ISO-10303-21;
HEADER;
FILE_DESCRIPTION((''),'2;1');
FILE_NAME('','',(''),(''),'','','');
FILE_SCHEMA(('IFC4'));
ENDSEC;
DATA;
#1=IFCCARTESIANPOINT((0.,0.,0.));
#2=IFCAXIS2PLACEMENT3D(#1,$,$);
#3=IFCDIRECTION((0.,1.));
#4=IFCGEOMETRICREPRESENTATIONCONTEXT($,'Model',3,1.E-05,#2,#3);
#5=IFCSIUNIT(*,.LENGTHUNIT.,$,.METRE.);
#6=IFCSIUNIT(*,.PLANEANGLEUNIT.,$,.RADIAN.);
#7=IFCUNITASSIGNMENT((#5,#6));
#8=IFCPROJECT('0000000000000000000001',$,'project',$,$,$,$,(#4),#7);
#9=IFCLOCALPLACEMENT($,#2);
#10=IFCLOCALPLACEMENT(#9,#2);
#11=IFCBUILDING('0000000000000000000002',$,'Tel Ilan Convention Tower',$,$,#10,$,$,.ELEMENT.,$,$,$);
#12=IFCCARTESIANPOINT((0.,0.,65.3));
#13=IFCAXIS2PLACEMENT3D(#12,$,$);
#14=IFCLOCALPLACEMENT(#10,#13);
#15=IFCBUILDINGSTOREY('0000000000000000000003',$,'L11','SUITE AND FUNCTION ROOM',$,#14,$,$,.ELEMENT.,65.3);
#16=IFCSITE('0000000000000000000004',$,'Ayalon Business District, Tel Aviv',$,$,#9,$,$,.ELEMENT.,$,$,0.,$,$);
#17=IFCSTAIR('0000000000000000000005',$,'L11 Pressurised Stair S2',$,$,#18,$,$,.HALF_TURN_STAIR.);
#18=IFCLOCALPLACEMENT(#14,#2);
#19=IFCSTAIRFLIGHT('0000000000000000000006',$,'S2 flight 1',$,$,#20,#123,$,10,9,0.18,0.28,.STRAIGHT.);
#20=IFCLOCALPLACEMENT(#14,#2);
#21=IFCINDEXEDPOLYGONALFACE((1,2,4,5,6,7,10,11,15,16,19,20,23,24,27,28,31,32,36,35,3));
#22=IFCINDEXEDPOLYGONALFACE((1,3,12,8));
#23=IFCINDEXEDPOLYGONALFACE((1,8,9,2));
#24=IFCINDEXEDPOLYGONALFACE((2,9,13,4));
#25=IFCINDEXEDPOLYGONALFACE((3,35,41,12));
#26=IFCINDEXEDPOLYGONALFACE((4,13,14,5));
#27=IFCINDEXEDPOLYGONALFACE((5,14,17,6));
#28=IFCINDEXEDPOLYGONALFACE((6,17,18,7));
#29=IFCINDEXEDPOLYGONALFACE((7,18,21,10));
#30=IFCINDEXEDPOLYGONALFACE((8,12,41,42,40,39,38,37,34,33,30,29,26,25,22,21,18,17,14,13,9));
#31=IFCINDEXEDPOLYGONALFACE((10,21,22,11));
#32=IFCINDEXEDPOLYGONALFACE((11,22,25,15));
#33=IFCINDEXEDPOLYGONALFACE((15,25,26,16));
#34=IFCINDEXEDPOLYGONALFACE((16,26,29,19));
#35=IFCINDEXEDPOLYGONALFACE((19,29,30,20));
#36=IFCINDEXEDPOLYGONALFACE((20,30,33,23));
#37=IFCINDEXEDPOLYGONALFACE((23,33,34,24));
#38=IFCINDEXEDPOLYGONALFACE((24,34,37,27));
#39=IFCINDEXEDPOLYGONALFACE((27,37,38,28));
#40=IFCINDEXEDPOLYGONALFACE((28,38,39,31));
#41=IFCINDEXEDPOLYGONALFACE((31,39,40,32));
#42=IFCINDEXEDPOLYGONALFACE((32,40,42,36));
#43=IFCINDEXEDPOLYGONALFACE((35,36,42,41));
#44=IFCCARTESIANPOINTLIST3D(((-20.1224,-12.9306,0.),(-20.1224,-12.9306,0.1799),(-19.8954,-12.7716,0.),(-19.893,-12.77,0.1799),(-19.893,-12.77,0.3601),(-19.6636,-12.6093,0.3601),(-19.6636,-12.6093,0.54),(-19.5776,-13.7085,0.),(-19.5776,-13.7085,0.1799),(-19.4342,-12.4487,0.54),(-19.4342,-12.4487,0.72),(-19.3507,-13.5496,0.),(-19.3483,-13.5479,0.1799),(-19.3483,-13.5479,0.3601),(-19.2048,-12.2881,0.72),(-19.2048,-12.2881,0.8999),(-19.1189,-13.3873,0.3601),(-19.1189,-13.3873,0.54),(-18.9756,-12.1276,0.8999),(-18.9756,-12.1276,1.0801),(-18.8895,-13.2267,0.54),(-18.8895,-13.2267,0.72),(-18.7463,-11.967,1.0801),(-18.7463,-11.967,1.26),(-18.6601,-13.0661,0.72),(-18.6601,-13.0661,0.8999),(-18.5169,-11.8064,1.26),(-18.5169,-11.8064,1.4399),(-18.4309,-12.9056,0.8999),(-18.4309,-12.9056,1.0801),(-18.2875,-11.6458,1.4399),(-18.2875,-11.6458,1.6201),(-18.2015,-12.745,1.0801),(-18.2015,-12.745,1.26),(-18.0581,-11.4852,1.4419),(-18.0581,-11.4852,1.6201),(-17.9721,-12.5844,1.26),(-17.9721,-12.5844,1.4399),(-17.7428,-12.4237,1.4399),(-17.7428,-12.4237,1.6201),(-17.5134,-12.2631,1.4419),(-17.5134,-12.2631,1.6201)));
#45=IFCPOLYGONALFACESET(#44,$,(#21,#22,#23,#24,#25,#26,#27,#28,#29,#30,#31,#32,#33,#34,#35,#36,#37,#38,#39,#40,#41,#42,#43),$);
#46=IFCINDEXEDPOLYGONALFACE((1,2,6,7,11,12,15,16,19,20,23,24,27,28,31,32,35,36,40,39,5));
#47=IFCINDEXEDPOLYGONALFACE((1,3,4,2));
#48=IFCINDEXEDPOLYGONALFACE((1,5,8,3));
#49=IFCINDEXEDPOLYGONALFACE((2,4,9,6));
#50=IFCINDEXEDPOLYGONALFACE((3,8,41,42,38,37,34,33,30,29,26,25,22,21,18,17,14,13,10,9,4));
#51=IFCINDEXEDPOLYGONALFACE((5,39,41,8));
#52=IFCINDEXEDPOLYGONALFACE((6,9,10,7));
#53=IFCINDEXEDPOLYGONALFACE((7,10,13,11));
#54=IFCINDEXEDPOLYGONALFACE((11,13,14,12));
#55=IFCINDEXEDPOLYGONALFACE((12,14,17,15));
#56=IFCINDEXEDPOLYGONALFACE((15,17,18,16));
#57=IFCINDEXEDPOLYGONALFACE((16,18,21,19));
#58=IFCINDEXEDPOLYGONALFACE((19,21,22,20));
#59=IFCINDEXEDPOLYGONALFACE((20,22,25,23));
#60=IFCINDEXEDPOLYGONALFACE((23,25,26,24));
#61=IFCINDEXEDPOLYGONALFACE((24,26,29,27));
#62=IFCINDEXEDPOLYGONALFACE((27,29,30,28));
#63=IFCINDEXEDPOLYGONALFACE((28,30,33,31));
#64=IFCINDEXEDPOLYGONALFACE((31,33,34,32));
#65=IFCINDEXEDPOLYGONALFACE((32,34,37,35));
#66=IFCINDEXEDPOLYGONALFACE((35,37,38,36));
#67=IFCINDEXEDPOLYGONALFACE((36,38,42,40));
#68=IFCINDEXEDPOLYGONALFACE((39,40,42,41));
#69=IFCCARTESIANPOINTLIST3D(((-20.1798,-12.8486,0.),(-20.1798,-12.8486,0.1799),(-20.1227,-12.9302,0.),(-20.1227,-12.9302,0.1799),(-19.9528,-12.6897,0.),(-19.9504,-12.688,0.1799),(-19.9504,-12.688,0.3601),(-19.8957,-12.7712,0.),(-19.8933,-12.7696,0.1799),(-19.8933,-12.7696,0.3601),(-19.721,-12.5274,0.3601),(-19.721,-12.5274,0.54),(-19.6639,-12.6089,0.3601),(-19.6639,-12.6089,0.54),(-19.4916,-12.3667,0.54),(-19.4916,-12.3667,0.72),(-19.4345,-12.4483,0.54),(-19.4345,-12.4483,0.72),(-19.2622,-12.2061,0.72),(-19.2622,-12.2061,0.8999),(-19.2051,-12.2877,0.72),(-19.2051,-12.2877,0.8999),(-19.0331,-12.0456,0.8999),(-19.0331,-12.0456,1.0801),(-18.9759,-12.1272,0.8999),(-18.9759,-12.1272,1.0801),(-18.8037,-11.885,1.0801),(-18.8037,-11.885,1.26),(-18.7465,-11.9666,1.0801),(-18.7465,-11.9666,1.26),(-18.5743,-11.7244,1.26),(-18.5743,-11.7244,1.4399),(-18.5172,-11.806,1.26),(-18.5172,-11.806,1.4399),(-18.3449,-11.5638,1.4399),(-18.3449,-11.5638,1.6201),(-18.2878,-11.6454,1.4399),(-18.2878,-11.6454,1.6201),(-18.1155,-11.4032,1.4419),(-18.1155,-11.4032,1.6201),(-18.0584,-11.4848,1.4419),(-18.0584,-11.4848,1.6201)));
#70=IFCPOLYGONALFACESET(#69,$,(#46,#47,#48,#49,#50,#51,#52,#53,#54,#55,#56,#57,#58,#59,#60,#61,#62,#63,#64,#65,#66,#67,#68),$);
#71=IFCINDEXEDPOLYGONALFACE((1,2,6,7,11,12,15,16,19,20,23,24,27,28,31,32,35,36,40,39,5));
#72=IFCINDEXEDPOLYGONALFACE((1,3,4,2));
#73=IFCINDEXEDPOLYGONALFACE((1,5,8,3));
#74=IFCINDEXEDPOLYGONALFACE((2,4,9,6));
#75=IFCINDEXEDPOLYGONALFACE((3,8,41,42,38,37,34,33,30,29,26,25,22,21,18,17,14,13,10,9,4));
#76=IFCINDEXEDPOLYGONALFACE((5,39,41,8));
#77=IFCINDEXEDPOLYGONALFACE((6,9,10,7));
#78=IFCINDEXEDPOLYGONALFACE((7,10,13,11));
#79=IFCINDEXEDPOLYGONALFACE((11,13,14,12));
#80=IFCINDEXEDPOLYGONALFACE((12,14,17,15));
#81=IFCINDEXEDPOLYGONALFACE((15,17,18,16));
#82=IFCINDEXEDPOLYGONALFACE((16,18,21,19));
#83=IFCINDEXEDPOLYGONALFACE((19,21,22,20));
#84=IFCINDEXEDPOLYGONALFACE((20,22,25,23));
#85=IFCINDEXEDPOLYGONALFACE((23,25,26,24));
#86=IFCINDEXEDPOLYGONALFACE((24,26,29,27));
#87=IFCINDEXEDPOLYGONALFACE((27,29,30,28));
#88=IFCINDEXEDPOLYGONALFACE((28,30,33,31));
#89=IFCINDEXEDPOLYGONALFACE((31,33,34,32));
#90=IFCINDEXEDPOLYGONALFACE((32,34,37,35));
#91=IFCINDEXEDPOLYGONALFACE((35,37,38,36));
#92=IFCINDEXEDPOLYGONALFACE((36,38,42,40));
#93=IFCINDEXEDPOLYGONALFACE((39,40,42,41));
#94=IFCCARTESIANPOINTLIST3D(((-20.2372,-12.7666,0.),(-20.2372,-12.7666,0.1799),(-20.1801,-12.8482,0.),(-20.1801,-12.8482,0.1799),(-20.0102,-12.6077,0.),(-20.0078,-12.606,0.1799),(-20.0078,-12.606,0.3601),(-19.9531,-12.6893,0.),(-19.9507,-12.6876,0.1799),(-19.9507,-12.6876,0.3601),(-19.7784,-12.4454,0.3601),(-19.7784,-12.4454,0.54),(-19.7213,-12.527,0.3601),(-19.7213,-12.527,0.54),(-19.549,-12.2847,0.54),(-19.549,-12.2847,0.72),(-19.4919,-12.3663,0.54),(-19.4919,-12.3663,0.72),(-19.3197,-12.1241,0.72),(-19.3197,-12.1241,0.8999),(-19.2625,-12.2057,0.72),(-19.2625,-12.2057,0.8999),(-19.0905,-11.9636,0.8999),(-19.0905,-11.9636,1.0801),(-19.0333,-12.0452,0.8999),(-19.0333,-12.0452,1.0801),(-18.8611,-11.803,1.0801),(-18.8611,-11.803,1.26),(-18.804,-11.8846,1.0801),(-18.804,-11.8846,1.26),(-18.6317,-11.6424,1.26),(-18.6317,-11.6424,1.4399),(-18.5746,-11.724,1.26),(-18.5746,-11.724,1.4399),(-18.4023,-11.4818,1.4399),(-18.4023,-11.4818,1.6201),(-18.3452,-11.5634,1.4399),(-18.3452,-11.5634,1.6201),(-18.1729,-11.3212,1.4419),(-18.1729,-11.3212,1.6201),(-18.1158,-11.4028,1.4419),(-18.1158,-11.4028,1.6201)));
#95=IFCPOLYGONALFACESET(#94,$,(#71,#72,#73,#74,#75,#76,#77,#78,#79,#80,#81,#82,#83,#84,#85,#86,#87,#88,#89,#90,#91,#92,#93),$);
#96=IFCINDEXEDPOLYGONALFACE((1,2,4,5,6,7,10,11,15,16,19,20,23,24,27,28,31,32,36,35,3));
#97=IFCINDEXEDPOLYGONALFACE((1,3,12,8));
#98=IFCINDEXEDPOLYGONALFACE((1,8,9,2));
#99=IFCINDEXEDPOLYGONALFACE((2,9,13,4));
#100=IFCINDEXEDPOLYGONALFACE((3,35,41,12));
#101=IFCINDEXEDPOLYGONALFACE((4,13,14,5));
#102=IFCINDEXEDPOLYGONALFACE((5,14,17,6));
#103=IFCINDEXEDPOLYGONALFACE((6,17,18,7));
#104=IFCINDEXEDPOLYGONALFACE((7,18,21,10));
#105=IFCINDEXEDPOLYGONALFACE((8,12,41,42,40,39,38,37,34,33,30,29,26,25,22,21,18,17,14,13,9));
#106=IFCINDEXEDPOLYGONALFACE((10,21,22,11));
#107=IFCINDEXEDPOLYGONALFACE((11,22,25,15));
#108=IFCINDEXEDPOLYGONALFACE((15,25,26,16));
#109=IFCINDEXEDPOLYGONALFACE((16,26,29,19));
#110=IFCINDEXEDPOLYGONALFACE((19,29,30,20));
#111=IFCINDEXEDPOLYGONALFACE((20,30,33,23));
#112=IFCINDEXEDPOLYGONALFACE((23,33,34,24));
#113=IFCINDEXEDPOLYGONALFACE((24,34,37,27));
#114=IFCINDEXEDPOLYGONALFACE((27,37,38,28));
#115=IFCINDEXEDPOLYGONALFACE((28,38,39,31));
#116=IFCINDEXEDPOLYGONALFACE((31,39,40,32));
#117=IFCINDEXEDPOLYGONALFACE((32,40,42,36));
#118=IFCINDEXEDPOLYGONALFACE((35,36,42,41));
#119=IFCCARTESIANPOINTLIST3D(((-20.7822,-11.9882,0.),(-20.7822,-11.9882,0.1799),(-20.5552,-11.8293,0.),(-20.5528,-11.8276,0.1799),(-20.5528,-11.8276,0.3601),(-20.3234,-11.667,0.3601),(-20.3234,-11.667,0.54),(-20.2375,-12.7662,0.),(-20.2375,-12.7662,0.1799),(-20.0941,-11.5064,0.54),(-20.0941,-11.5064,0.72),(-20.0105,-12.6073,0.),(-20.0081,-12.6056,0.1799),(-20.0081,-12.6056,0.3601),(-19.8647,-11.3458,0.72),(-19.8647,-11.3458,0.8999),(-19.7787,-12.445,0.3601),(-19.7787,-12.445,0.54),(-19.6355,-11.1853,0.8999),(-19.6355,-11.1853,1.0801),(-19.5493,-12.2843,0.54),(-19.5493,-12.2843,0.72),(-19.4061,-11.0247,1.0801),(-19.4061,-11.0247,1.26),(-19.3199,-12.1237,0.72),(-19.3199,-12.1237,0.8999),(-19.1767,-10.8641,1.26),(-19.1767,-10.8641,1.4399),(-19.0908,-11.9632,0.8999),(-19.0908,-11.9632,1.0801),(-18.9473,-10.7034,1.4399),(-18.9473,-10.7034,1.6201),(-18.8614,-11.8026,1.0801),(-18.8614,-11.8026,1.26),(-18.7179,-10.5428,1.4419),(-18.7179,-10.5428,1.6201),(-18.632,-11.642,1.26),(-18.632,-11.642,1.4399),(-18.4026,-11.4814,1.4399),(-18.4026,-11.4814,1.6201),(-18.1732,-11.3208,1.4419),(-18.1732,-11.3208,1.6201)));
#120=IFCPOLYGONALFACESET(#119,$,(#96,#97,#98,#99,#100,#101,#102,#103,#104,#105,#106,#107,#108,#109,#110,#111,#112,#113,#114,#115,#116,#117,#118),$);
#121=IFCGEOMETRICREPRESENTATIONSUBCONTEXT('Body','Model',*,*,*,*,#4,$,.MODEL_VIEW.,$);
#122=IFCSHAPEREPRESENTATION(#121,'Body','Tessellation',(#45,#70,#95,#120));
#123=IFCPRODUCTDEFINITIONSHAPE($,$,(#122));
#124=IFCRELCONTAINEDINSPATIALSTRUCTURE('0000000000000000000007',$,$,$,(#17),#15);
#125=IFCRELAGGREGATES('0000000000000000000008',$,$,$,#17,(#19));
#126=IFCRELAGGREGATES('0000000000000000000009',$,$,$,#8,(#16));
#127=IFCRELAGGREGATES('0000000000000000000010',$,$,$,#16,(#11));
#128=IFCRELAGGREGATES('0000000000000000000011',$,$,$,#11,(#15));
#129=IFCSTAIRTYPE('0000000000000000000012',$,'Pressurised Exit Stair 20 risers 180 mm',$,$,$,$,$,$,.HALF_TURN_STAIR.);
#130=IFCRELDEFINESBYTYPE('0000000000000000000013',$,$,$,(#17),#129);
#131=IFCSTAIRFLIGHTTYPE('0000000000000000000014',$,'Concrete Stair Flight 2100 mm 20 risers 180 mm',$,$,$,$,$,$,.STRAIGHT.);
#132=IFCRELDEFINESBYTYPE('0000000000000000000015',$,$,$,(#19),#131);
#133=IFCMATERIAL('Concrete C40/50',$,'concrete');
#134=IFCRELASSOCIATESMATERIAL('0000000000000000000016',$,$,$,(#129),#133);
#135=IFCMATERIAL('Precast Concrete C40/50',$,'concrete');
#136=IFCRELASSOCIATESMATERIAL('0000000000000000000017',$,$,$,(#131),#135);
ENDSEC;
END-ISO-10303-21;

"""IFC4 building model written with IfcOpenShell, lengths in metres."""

from ifc_helpers import new_model, si_unit, direction, frame, origin, place, context, subcontext, project, spatial, polyline, outline, extrude, material, type_object, element, aggregate, save


model = new_model("IFC4")

# Units and contexts
model_context = context("Model", 3, precision=1e-05, world=origin(), true_north=direction((0.0, 1.0)))
body_context = subcontext(model_context, "Body", "Model", "MODEL_VIEW")
ifc_project = project(units=[si_unit("LENGTHUNIT", "METRE"), si_unit("PLANEANGLEUNIT", "RADIAN")], contexts=[model_context])

# Site, building, storey
site_placement = place(None, origin())
site = spatial("IfcSite", under=ifc_project, at=site_placement, Name="Ayalon Business District, Tel Aviv", CompositionType="ELEMENT", RefElevation=0.0)
building_placement = place(site_placement, origin())
building = spatial("IfcBuilding", under=site, at=building_placement, Name="Tel Ilan Convention Tower", CompositionType="ELEMENT")
storey_placement = place(building_placement, frame((0.0, 0.0, 65.3)))
storey = spatial("IfcBuildingStorey", under=building, at=storey_placement, Name="L11", Description="SUITE AND FUNCTION ROOM", CompositionType="ELEMENT", Elevation=65.3)

# Stair, stair flight
ifc_material_1 = material(Name="Concrete C40/50", Category="concrete")
stair_type = type_object("IfcStairType", Name="Pressurised Exit Stair 20 risers 180 mm", PredefinedType="HALF_TURN_STAIR", material=ifc_material_1)
ifc_material_2 = material(Name="Precast Concrete C40/50", Category="concrete")
stair_flight_type = type_object("IfcStairFlightType", Name="Concrete Stair Flight 2100 mm 20 risers 180 mm", PredefinedType="STRAIGHT", material=ifc_material_2)
stair_1_placement = place(storey_placement, origin())
stair_1 = element("IfcStair", 1, at=stair_1_placement, inside=storey, type_object=stair_type, Name="L11 Pressurised Stair S2", PredefinedType="HALF_TURN_STAIR")
stair_flight_1_placement = place(storey_placement, frame((-20.1799, -12.8484, 0.0), z_axis=(0.0, 0.0, 1.0), x_axis=(0.819152, 0.573576, 0.0)))
stair_flight_1 = element("IfcStairFlight", 2, at=stair_flight_1_placement, type_object=stair_flight_type, Name="S2 flight 1", NumberOfRisers=10, NumberOfTreads=9, PredefinedType="STRAIGHT", RiserHeight=0.18, TreadLength=0.28, context=body_context, shape_type="SweptSolid", body=[
    extrude(outline(polyline([(0.0, 0.0), (0.0, 0.1799), (0.28, 0.1799), (0.28, 0.3601), (0.5601, 0.3601), (0.5601, 0.54), (0.8401, 0.54), (0.8401, 0.72), (1.1201, 0.72), (1.1201, 0.8999), (1.3999, 0.8999), (1.3999, 1.0801), (1.6799, 1.0801), (1.6799, 1.26), (1.96, 1.26), (1.96, 1.4399), (2.24, 1.4399), (2.24, 1.6201), (2.52, 1.6201), (2.52, 1.8), (2.52, 1.4419), (0.2771, 0.0), (0.0, 0.0)])), frame((0.0, -0.1003, 0.0), z_axis=(0.0, -1.0, 0.0), x_axis=(1.0, 0.0, 0.0)), (0.0, 0.0, 1.0), 0.9497),
    extrude(outline(polyline([(0.0, 0.0), (0.0, 0.1799), (0.28, 0.1799), (0.28, 0.3601), (0.5601, 0.3601), (0.5601, 0.54), (0.8401, 0.54), (0.8401, 0.72), (1.1201, 0.72), (1.1201, 0.8999), (1.3999, 0.8999), (1.3999, 1.0801), (1.6799, 1.0801), (1.6799, 1.26), (1.96, 1.26), (1.96, 1.4399), (2.24, 1.4399), (2.24, 1.6201), (2.52, 1.6201), (2.52, 1.8), (2.52, 1.4419), (0.2771, 0.0), (0.0, 0.0)])), frame((0.0, -0.0002, 0.0), z_axis=(0.0, -1.0, 0.0), x_axis=(1.0, 0.0, 0.0)), (0.0, 0.0, 1.0), 0.0996),
    extrude(outline(polyline([(0.0, 0.0), (0.0, 0.1799), (0.28, 0.1799), (0.28, 0.3601), (0.5601, 0.3601), (0.5601, 0.54), (0.8401, 0.54), (0.8401, 0.72), (1.1201, 0.72), (1.1201, 0.8999), (1.3999, 0.8999), (1.3999, 1.0801), (1.6799, 1.0801), (1.6799, 1.26), (1.96, 1.26), (1.96, 1.4399), (2.24, 1.4399), (2.24, 1.6201), (2.52, 1.6201), (2.52, 1.8), (2.52, 1.4419), (0.2771, 0.0), (0.0, 0.0)])), frame((0.0, 0.0999, 0.0), z_axis=(0.0, -1.0, 0.0), x_axis=(1.0, 0.0, 0.0)), (0.0, 0.0, 1.0), 0.0996),
    extrude(outline(polyline([(0.0, 0.0), (0.0, 0.1799), (0.28, 0.1799), (0.28, 0.3601), (0.5601, 0.3601), (0.5601, 0.54), (0.8401, 0.54), (0.8401, 0.72), (1.1201, 0.72), (1.1201, 0.8999), (1.3999, 0.8999), (1.3999, 1.0801), (1.6799, 1.0801), (1.6799, 1.26), (1.96, 1.26), (1.96, 1.4399), (2.24, 1.4399), (2.24, 1.6201), (2.52, 1.6201), (2.52, 1.8), (2.52, 1.4419), (0.2771, 0.0), (0.0, 0.0)])), frame((0.0, 1.05, 0.0), z_axis=(0.0, -1.0, 0.0), x_axis=(1.0, 0.0, 0.0)), (0.0, 0.0, 1.0), 0.9497),
])
aggregate(stair_1, [stair_flight_1])

save(model, "model.ifc")
